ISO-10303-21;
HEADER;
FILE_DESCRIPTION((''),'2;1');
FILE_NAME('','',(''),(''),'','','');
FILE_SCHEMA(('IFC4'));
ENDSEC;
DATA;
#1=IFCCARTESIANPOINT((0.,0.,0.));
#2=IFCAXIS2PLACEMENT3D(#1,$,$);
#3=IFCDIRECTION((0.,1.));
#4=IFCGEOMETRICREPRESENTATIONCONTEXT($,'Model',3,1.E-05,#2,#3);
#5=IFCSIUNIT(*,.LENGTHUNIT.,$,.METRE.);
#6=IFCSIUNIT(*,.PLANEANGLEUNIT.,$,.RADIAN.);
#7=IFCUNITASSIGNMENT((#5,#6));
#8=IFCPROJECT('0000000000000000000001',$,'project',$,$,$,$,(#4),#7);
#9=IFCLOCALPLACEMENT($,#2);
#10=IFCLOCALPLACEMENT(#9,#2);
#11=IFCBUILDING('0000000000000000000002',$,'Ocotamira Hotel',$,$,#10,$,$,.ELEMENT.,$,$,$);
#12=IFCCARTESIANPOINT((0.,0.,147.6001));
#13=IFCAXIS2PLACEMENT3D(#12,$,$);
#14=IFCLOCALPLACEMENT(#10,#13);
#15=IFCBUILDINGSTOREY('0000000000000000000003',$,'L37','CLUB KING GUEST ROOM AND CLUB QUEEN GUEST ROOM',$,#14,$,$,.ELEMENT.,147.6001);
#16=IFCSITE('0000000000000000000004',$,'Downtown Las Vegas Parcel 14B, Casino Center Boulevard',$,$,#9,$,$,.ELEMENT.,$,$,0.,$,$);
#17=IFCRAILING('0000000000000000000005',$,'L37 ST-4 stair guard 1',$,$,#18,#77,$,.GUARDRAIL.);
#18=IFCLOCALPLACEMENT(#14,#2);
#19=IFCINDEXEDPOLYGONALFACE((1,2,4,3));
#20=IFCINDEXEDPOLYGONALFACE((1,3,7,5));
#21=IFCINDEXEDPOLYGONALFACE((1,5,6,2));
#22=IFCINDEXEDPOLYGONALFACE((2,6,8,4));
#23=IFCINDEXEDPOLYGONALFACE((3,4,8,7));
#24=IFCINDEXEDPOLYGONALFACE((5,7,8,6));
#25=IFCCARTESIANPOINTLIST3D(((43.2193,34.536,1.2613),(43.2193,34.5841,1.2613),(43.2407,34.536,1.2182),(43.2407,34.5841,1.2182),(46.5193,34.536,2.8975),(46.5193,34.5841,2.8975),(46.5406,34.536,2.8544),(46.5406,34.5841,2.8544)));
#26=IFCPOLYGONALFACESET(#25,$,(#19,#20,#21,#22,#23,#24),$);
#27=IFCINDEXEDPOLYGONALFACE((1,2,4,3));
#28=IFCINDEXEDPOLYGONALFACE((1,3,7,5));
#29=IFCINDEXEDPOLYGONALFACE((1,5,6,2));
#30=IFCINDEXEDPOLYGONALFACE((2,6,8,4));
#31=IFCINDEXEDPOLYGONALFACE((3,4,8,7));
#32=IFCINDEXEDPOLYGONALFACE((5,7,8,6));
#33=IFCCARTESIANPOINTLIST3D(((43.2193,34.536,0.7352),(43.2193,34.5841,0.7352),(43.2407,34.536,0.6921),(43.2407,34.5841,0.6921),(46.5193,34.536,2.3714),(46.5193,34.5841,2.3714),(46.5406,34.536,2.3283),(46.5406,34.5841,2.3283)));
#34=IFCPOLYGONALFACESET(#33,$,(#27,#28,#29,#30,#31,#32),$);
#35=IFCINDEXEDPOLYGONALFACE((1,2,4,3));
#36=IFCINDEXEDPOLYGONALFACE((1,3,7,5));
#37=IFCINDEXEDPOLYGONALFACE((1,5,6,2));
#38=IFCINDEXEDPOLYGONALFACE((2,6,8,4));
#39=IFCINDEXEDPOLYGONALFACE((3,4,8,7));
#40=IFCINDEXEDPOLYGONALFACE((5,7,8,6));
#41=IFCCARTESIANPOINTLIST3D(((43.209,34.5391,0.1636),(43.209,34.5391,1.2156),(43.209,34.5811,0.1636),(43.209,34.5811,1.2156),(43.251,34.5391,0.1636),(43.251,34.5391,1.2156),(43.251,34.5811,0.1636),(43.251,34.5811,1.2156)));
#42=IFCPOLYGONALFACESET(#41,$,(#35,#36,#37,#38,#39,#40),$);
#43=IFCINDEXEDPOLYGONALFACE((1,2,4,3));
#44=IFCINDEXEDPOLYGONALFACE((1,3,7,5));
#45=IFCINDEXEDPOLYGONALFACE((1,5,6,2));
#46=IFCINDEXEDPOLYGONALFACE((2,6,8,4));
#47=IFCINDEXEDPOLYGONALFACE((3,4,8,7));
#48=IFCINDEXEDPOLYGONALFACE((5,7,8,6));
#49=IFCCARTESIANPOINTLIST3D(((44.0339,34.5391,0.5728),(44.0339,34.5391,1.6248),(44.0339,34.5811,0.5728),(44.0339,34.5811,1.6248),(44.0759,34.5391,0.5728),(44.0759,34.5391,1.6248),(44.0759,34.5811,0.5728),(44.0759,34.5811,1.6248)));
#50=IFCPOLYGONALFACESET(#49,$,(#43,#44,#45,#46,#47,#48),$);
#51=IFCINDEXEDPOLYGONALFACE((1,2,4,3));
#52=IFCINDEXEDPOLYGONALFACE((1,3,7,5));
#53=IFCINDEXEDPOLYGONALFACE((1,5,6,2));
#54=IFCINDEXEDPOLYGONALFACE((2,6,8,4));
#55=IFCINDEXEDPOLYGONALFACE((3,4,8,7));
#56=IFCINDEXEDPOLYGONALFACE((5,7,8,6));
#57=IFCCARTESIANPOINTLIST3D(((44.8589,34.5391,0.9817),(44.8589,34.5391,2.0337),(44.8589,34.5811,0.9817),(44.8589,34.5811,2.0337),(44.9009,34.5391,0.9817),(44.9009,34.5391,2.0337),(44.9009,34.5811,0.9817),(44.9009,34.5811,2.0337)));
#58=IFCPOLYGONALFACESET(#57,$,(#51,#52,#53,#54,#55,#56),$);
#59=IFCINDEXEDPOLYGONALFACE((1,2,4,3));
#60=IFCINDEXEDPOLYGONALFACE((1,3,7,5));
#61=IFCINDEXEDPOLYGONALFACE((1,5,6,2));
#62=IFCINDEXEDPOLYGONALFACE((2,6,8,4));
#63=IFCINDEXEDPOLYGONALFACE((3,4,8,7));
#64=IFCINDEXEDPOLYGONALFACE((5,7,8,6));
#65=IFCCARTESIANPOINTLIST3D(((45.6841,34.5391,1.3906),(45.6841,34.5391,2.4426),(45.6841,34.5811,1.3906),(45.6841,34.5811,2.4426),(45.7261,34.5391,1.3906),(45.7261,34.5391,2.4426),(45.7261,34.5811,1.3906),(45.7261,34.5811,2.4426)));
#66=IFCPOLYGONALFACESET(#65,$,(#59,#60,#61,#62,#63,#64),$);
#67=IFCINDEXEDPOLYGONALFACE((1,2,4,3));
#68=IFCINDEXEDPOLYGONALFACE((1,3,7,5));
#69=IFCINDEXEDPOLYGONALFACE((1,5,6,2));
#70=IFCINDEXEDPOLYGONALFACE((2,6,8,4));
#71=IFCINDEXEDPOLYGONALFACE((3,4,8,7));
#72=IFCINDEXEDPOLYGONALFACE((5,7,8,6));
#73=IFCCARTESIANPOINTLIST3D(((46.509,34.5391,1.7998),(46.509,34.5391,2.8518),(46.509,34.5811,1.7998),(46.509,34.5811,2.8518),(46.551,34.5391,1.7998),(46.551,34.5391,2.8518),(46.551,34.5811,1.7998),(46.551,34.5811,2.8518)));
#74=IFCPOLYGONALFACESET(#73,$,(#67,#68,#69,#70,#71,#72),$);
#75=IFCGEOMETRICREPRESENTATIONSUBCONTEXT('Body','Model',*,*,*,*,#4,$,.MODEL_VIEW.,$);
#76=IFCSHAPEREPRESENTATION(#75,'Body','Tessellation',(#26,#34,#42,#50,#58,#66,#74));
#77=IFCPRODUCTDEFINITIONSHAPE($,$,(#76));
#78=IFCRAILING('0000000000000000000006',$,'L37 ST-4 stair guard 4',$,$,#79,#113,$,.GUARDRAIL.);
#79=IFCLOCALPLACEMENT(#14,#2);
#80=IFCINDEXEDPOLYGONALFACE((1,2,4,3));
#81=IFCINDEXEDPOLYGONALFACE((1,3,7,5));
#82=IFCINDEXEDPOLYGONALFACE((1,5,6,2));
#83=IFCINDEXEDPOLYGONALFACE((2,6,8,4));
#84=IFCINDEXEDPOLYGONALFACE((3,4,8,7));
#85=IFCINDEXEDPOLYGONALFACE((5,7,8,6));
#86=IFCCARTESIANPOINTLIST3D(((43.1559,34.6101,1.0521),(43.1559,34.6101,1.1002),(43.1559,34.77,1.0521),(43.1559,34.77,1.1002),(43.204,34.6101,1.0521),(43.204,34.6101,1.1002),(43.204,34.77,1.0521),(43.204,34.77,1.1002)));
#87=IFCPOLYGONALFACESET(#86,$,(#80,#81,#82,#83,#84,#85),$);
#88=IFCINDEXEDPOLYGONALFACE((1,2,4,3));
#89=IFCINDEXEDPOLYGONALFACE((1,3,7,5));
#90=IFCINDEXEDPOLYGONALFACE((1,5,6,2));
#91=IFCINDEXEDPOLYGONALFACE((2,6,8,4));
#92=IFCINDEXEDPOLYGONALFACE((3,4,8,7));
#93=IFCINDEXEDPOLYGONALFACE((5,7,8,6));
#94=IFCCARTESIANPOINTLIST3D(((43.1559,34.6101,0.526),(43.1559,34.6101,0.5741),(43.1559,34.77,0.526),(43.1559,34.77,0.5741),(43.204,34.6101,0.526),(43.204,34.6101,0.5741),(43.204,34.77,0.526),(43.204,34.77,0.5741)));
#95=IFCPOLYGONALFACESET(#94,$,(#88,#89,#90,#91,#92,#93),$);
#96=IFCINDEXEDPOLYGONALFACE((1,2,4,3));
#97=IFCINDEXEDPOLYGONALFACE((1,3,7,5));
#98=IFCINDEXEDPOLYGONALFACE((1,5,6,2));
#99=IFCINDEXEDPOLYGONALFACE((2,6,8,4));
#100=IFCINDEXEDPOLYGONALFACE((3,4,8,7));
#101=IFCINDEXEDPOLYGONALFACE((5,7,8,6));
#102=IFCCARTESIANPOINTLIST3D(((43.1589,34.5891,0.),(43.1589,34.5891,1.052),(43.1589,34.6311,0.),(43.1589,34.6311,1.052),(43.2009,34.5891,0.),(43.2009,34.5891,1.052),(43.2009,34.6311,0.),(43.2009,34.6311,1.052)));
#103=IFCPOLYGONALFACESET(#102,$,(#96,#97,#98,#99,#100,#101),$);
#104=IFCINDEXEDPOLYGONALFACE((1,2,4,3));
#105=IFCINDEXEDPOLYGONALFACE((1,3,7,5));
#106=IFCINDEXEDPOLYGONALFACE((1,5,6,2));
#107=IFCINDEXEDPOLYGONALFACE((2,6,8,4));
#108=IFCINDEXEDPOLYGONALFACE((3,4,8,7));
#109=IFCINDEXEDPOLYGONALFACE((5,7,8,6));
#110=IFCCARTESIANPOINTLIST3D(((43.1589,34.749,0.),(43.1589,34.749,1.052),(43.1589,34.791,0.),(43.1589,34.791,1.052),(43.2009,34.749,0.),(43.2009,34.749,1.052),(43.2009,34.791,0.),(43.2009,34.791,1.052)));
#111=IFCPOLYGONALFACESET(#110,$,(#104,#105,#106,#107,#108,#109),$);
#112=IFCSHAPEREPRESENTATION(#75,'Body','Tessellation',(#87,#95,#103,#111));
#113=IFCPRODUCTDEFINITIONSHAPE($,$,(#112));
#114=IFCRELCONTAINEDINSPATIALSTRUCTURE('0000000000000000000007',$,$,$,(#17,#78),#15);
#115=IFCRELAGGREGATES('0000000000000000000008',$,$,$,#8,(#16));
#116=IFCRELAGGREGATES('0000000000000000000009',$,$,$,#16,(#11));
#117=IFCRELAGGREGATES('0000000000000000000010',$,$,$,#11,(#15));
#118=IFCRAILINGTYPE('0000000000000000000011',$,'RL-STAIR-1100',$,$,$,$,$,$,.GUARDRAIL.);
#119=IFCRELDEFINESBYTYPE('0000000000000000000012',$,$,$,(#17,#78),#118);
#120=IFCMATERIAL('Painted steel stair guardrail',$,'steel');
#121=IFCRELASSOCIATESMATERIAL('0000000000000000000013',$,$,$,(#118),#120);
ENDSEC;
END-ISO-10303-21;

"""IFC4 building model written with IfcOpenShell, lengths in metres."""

from ifc_helpers import new_model, si_unit, direction, frame, origin, origin_2d, place, context, subcontext, project, spatial, rectangle, extrude, material, type_object, element, save


model = new_model("IFC4")

# Units and contexts
model_context = context("Model", 3, precision=1e-05, world=origin(), true_north=direction((0.0, 1.0)))
body_context = subcontext(model_context, "Body", "Model", "MODEL_VIEW")
ifc_project = project(units=[si_unit("LENGTHUNIT", "METRE"), si_unit("PLANEANGLEUNIT", "RADIAN")], contexts=[model_context])

# Site, building, storey
site_placement = place(None, origin())
site = spatial("IfcSite", under=ifc_project, at=site_placement, Name="Downtown Las Vegas Parcel 14B, Casino Center Boulevard", CompositionType="ELEMENT", RefElevation=0.0)
building_placement = place(site_placement, origin())
building = spatial("IfcBuilding", under=site, at=building_placement, Name="Ocotamira Hotel", CompositionType="ELEMENT")
storey_placement = place(building_placement, frame((0.0, 0.0, 147.6001)))
storey = spatial("IfcBuildingStorey", under=building, at=storey_placement, Name="L37", Description="CLUB KING GUEST ROOM AND CLUB QUEEN GUEST ROOM", CompositionType="ELEMENT", Elevation=147.6001)

# Railings
ifc_material_1 = material(Name="Painted steel stair guardrail", Category="steel")
railing_type_1 = type_object("IfcRailingType", Name="RL-STAIR-1100", PredefinedType="GUARDRAIL", material=ifc_material_1)
railing_1_placement = place(storey_placement, frame((43.23, 34.5601, 0.1636)))
element("IfcRailing", 1, at=railing_1_placement, inside=storey, type_object=railing_type_1, Name="L37 ST-4 stair guard 1", PredefinedType="GUARDRAIL", context=body_context, shape_type="SweptSolid", body=[
    extrude(rectangle(XDim=0.0481, YDim=0.0481, at=origin_2d()), frame((0.0, 0.0, 1.0762), z_axis=(0.89592, 0.0, 0.444215), x_axis=(0.0, 1.0, 0.0)), (0.0, 0.0, 1.0), 3.6833),
    extrude(rectangle(XDim=0.0481, YDim=0.0481, at=origin_2d()), frame((0.0, 0.0, 0.55), z_axis=(0.89592, 0.0, 0.444215), x_axis=(0.0, 1.0, 0.0)), (0.0, 0.0, 1.0), 3.6833),
    extrude(rectangle(XDim=0.042, YDim=0.042, at=origin_2d()), origin(), (0.0, 0.0, 1.0), 1.052),
    extrude(rectangle(XDim=0.042, YDim=0.042, at=origin_2d()), frame((0.825, 0.0, 0.4092)), (0.0, 0.0, 1.0), 1.052),
    extrude(rectangle(XDim=0.042, YDim=0.042, at=origin_2d()), frame((1.6499, 0.0, 0.8181)), (0.0, 0.0, 1.0), 1.052),
    extrude(rectangle(XDim=0.042, YDim=0.042, at=origin_2d()), frame((2.4751, 0.0, 1.2271)), (0.0, 0.0, 1.0), 1.052),
    extrude(rectangle(XDim=0.042, YDim=0.042, at=origin_2d()), frame((3.3, 0.0, 1.6362)), (0.0, 0.0, 1.0), 1.052),
])
railing_2_placement = place(storey_placement, frame((43.1799, 34.6101, 0.0)))
element("IfcRailing", 2, at=railing_2_placement, inside=storey, type_object=railing_type_1, Name="L37 ST-4 stair guard 4", PredefinedType="GUARDRAIL", context=body_context, shape_type="SweptSolid", body=[
    extrude(rectangle(XDim=0.0481, YDim=0.0481, at=origin_2d()), frame((0.0, 0.0, 1.0762), z_axis=(0.0, 1.0, 0.0), x_axis=(-1.0, 0.0, 0.0)), (0.0, 0.0, 1.0), 0.1599),
    extrude(rectangle(XDim=0.0481, YDim=0.0481, at=origin_2d()), frame((0.0, 0.0, 0.55), z_axis=(0.0, 1.0, 0.0), x_axis=(-1.0, 0.0, 0.0)), (0.0, 0.0, 1.0), 0.1599),
    extrude(rectangle(XDim=0.042, YDim=0.042, at=origin_2d()), origin(), (0.0, 0.0, 1.0), 1.052),
    extrude(rectangle(XDim=0.042, YDim=0.042, at=origin_2d()), frame((0.0, 0.1599, 0.0)), (0.0, 0.0, 1.0), 1.052),
])

save(model, "model.ifc")
